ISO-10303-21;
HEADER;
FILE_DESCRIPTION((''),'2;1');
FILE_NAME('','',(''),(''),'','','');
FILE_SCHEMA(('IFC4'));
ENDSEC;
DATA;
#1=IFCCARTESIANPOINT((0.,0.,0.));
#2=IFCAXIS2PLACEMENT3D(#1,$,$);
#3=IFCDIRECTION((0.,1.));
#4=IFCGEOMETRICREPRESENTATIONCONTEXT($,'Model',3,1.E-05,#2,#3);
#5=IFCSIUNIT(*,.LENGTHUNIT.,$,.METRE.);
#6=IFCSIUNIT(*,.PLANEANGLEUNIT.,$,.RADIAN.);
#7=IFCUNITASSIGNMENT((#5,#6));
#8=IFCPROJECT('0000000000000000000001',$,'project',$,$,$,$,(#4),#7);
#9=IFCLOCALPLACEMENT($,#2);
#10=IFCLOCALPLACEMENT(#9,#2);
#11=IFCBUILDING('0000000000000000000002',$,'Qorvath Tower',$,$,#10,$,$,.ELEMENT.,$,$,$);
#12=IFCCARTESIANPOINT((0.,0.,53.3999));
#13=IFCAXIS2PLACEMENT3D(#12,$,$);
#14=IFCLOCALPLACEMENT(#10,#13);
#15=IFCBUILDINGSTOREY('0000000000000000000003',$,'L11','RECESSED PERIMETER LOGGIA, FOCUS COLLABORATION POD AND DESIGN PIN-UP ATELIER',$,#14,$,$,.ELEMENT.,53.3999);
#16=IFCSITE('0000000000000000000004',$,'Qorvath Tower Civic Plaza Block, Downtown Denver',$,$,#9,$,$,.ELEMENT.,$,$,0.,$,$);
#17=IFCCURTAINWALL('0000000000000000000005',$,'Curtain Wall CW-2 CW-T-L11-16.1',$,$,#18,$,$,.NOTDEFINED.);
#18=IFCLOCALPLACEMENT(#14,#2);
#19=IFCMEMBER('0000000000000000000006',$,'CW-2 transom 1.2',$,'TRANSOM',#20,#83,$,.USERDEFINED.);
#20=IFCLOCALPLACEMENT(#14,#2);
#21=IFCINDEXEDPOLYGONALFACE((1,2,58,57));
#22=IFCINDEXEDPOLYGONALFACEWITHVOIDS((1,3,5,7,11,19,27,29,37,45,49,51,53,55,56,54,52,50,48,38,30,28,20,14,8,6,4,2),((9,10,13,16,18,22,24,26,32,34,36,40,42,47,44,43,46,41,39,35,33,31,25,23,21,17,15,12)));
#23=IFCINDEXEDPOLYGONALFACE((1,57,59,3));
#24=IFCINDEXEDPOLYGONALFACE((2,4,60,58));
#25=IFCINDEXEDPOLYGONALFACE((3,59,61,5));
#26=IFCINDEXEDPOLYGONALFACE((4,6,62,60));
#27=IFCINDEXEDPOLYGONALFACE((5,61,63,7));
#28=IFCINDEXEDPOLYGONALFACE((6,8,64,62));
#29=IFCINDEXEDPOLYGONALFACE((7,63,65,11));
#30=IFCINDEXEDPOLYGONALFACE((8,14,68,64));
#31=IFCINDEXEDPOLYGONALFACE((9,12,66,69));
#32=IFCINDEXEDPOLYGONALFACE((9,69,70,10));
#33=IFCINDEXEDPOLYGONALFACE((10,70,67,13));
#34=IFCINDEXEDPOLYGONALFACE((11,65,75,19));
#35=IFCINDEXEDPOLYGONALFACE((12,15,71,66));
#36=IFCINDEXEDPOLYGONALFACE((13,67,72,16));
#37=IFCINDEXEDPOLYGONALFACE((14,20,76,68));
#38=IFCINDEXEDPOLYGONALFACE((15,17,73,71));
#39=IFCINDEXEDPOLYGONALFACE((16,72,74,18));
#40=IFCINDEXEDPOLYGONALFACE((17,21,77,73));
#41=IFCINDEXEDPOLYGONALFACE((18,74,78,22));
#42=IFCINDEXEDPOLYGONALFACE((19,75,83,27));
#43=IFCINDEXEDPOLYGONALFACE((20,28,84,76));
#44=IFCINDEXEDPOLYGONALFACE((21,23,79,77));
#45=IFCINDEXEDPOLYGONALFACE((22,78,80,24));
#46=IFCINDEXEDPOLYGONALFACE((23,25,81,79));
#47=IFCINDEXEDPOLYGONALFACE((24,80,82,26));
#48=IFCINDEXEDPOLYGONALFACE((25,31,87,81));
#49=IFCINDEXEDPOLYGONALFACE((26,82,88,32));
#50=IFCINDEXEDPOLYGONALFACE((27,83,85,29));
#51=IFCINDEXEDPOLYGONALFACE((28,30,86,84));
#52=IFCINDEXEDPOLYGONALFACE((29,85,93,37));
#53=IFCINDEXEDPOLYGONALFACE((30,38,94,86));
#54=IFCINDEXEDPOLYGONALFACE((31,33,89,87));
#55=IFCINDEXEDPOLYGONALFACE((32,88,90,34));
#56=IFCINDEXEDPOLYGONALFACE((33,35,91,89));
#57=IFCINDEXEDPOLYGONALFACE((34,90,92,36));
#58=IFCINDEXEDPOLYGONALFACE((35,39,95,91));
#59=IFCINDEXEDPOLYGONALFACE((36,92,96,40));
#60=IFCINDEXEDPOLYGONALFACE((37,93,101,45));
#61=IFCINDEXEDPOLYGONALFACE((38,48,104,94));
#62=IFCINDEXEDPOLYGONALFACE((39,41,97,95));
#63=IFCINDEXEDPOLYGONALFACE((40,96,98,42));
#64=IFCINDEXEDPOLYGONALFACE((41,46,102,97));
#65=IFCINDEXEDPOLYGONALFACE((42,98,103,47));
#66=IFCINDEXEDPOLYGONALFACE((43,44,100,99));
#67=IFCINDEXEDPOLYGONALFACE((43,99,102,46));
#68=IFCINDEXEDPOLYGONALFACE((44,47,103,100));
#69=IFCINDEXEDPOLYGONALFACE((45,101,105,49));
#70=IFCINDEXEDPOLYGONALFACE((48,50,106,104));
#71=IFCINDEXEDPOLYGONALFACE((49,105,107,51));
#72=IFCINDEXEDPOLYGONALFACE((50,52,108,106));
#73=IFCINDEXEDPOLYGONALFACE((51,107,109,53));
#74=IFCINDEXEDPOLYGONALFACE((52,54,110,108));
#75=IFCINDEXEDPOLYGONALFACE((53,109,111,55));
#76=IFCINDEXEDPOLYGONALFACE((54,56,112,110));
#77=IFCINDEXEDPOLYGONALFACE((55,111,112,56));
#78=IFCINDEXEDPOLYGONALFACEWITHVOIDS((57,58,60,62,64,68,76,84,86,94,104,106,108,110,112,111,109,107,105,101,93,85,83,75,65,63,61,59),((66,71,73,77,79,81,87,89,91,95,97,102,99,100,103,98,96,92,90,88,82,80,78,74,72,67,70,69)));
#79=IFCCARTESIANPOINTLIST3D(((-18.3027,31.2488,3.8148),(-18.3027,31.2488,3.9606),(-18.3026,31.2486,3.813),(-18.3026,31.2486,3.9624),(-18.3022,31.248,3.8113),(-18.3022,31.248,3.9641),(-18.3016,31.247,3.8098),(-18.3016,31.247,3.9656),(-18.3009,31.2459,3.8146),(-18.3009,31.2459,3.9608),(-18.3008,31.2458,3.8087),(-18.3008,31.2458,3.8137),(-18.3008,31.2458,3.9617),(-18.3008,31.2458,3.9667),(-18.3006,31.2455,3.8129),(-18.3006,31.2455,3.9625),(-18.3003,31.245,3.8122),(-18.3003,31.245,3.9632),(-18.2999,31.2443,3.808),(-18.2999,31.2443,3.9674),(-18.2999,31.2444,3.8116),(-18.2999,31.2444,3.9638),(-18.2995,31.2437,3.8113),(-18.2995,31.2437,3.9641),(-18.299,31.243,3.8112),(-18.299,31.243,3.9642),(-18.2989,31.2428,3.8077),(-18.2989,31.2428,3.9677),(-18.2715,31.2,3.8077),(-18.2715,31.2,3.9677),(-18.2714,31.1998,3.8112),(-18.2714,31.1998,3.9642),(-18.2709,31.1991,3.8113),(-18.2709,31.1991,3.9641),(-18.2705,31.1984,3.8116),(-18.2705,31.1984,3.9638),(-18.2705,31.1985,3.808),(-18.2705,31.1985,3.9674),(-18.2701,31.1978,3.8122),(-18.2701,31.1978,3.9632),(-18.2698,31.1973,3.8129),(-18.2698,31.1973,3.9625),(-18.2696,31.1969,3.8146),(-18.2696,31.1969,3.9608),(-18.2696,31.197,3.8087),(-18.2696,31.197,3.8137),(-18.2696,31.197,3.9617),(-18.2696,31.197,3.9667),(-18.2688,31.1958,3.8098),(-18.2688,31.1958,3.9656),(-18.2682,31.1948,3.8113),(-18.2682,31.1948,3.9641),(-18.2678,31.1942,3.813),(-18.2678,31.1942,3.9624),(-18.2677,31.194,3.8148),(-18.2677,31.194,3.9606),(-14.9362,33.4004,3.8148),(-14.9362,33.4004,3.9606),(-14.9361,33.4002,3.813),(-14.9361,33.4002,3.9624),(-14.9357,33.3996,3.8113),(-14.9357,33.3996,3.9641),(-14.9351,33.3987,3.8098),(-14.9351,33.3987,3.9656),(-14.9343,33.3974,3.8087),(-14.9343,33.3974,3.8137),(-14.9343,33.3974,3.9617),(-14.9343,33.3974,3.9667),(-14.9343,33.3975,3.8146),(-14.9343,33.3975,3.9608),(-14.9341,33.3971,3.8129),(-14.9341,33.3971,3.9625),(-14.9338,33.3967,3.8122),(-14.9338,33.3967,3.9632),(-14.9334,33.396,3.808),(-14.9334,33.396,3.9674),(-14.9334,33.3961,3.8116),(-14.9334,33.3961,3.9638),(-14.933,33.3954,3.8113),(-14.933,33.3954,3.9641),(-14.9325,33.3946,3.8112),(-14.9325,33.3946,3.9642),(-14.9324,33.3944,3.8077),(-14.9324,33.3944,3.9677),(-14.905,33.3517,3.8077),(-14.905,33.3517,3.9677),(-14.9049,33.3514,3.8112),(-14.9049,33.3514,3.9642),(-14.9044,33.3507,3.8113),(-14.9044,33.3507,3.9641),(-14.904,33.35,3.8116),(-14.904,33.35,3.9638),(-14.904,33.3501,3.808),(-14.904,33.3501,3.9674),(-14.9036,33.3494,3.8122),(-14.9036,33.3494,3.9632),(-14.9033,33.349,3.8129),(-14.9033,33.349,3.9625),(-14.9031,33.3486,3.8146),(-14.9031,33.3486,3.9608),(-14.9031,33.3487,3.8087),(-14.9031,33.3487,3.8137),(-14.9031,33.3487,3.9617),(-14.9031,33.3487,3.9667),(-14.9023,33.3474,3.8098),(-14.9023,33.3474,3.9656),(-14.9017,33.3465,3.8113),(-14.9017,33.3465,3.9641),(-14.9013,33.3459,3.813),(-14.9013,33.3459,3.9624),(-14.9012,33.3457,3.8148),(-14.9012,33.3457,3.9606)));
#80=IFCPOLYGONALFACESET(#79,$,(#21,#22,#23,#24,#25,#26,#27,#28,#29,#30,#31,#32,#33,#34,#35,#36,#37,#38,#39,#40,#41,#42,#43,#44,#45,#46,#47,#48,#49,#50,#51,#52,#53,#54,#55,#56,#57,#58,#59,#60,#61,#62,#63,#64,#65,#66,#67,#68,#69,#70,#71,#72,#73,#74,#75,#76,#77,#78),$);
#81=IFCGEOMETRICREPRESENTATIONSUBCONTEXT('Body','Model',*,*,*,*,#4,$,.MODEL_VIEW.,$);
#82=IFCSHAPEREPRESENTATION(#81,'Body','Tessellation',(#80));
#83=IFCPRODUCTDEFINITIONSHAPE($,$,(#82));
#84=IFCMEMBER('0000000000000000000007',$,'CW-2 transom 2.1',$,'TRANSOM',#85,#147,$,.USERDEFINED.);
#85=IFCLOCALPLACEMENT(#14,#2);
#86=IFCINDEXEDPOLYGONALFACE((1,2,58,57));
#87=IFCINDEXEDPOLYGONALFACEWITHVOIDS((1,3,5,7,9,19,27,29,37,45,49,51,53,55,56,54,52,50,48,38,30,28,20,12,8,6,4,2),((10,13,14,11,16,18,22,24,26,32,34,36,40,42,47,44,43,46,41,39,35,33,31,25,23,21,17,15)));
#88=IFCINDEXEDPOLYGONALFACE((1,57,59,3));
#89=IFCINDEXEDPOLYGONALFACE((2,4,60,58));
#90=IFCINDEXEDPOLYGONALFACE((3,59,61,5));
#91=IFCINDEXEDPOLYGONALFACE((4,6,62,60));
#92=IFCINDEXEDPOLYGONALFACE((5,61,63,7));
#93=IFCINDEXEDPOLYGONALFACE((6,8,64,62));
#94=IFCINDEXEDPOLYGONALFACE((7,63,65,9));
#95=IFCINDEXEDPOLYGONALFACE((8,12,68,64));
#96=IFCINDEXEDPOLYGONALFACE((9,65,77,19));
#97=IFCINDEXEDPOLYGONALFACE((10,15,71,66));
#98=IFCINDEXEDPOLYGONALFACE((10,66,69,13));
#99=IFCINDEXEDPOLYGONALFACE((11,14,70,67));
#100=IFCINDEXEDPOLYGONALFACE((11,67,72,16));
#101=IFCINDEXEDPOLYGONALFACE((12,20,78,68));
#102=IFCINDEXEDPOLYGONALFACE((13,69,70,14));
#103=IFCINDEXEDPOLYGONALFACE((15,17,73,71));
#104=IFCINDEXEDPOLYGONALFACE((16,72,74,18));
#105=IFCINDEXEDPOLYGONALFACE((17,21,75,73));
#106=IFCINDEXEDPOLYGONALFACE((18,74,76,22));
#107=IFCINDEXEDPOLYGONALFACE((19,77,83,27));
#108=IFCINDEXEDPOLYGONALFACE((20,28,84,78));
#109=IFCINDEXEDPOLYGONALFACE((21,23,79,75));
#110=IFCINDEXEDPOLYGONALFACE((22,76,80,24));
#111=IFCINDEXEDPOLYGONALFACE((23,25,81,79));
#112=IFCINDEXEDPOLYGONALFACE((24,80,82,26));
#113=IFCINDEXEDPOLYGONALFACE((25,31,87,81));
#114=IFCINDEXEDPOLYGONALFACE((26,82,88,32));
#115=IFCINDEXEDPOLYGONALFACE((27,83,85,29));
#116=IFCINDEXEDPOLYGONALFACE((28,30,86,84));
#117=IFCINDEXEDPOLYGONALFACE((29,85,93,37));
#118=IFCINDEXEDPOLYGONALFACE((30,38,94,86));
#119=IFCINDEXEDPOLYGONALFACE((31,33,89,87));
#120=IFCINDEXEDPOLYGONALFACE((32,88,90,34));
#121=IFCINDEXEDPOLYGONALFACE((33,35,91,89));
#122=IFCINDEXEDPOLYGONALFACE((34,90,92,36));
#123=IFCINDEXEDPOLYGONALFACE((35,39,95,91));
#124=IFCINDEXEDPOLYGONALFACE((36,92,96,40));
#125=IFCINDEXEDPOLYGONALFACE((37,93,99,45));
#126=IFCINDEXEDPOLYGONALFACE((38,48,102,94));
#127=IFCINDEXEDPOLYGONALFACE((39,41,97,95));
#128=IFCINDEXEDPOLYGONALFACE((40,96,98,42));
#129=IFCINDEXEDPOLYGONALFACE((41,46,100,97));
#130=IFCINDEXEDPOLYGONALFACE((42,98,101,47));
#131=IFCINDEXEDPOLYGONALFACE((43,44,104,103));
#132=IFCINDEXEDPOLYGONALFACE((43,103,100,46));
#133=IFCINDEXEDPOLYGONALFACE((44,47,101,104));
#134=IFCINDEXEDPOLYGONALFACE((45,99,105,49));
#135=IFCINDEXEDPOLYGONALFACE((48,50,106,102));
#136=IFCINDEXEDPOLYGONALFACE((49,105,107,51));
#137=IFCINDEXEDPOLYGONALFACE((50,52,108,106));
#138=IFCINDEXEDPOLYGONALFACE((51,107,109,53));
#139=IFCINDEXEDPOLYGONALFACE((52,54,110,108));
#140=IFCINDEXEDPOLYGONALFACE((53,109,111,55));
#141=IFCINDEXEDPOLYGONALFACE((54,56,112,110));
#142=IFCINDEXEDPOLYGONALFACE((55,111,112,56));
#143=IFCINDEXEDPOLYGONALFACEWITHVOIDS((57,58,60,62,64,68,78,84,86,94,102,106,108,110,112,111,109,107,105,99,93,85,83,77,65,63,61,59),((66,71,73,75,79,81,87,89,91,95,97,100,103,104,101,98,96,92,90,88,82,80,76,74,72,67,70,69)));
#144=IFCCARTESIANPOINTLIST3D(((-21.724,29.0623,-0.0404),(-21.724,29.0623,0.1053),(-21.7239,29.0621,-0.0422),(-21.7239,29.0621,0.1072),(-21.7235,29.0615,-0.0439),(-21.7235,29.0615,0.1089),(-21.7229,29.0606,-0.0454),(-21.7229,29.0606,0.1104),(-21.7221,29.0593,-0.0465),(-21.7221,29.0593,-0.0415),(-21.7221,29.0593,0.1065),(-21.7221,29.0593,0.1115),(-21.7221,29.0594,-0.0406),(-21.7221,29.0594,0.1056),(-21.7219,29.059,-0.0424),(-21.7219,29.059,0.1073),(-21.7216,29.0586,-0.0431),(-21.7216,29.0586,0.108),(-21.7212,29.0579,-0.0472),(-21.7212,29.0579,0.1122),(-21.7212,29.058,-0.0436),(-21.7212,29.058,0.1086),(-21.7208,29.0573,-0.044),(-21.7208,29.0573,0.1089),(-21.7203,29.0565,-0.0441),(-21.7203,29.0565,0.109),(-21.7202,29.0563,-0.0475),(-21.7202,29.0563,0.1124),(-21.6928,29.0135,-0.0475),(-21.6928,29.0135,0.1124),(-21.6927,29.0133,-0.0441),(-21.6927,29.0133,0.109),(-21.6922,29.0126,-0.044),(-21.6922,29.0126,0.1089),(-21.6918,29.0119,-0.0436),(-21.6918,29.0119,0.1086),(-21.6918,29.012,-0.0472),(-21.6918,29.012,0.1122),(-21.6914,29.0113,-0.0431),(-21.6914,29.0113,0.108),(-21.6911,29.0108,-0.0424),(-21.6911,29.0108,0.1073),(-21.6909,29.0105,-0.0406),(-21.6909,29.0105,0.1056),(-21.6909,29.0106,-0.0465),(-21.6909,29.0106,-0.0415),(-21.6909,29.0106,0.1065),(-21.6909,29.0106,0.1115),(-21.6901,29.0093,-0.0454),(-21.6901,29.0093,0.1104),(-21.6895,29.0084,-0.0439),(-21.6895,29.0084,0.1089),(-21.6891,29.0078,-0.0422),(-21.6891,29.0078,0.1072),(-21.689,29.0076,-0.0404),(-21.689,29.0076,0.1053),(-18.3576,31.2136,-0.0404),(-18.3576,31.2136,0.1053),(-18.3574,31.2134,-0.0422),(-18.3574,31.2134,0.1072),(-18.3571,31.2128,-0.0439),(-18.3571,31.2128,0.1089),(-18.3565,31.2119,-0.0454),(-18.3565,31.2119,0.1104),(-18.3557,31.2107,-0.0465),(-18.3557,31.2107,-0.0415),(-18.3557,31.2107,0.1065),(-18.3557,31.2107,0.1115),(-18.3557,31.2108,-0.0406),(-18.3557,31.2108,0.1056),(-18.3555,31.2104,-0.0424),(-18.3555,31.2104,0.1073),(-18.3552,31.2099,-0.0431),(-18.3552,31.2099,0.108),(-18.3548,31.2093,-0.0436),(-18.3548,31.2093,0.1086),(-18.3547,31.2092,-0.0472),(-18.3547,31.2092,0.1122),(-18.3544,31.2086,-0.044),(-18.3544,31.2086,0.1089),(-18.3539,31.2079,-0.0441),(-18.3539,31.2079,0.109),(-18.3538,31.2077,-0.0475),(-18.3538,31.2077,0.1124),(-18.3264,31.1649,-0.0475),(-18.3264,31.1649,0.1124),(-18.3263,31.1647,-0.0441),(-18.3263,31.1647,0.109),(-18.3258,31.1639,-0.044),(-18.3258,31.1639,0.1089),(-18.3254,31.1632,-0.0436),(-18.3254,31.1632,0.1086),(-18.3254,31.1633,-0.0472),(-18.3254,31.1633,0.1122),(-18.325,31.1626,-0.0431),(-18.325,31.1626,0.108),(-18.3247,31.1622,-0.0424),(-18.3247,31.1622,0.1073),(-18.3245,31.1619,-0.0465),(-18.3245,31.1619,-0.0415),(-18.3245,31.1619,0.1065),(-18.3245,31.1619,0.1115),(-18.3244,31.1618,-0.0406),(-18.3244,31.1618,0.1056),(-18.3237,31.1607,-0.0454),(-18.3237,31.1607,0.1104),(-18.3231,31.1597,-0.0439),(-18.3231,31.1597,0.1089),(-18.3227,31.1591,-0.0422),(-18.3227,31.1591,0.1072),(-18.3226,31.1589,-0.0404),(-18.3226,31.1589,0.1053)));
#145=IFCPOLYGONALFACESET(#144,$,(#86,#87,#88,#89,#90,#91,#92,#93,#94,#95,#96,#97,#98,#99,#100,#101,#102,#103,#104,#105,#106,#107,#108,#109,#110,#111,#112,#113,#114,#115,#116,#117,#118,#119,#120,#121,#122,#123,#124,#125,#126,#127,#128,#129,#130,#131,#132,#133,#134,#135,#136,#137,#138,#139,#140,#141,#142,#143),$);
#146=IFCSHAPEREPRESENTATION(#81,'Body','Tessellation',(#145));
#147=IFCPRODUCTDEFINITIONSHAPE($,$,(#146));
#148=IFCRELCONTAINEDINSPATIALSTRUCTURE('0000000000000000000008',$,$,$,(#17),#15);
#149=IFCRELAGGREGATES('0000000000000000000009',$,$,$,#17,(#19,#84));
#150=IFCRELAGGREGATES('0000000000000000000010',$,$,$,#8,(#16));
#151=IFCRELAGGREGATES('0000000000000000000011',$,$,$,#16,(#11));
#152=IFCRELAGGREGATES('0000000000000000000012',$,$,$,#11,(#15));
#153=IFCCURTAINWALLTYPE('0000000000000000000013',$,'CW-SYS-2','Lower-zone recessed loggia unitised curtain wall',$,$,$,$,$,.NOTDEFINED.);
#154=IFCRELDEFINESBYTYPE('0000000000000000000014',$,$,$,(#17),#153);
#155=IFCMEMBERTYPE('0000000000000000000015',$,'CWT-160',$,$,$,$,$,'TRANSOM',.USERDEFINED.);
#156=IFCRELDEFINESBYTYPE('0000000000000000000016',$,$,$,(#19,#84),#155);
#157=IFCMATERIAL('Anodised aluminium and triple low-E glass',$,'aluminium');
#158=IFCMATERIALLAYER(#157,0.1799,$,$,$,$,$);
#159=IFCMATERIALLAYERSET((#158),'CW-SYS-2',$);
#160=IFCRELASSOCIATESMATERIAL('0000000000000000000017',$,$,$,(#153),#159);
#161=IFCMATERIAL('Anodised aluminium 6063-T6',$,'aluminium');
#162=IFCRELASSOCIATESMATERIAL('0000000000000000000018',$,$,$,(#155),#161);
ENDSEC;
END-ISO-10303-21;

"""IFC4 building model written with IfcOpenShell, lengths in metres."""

from ifc_helpers import new_model, si_unit, direction, frame, origin, origin_2d, place, context, subcontext, project, spatial, hollow_rectangle, extrude, material, layer, layer_set, material_profile, profile_set, type_object, element, aggregate, save


model = new_model("IFC4")

# Units and contexts
model_context = context("Model", 3, precision=1e-05, world=origin(), true_north=direction((0.0, 1.0)))
body_context = subcontext(model_context, "Body", "Model", "MODEL_VIEW")
ifc_project = project(units=[si_unit("LENGTHUNIT", "METRE"), si_unit("PLANEANGLEUNIT", "RADIAN")], contexts=[model_context])

# Site, building, storey
site_placement = place(None, origin())
site = spatial("IfcSite", under=ifc_project, at=site_placement, Name="Qorvath Tower Civic Plaza Block, Downtown Denver", CompositionType="ELEMENT", RefElevation=0.0)
building_placement = place(site_placement, origin())
building = spatial("IfcBuilding", under=site, at=building_placement, Name="Qorvath Tower", CompositionType="ELEMENT")
storey_placement = place(building_placement, frame((0.0, 0.0, 53.3999)))
storey = spatial("IfcBuildingStorey", under=building, at=storey_placement, Name="L11", Description="RECESSED PERIMETER LOGGIA, FOCUS COLLABORATION POD AND DESIGN PIN-UP ATELIER", CompositionType="ELEMENT", Elevation=53.3999)

# Shared definitions
ifc_material_1 = material(Name="Anodised aluminium and triple low-E glass", Category="aluminium")
ifc_layer_1 = layer(ifc_material_1, 0.1799)
ifc_layer_set_1 = layer_set([ifc_layer_1], Name="CW-SYS-2")
curtain_wall_type = type_object("IfcCurtainWallType", Name="CW-SYS-2", Description="Lower-zone recessed loggia unitised curtain wall", PredefinedType="NOTDEFINED", material=ifc_layer_set_1)

# Curtain wall
curtain_wall_1_placement = place(storey_placement, origin())
curtain_wall_1 = element("IfcCurtainWall", 1, at=curtain_wall_1_placement, inside=storey, type_object=curtain_wall_type, Name="Curtain Wall CW-2 CW-T-L11-16.1", PredefinedType="NOTDEFINED")

# Members
ifc_material_2 = material(Name="Anodised aluminium 6063-T6", Category="aluminium")
ifc_material_profile_1 = material_profile(ifc_material_2, hollow_rectangle(XDim=0.0649, YDim=0.1599, WallThickness=0.0034, InnerFilletRadius=0.0034, OuterFilletRadius=0.0071, at=origin_2d()), Name="CWT 160x65")
ifc_profile_set_1 = profile_set([ifc_material_profile_1], Name="Anodised aluminium 6063-T6")
member_type_1 = type_object("IfcMemberType", Name="CWT-160", ElementType="TRANSOM", PredefinedType="USERDEFINED", material=ifc_profile_set_1)
member_1_placement = place(storey_placement, frame((-14.9187, 33.373, 3.8877), z_axis=(-0.842603, -0.538535, 0.0), x_axis=(0.538535, -0.842603, 0.0)))
member_1 = element("IfcMember", 2, at=member_1_placement, type_object=member_type_1, Name="CW-2 transom 1.2", ObjectType="TRANSOM", PredefinedType="USERDEFINED", context=body_context, shape_type="SweptSolid", body=[
    extrude(hollow_rectangle(XDim=0.0649, YDim=0.1599, WallThickness=0.0034, InnerFilletRadius=0.0034, OuterFilletRadius=0.0071, at=origin_2d()), origin(), (0.0, 0.0, 1.0), 3.9954),
])
member_2_placement = place(storey_placement, frame((-18.3401, 31.1863, 0.0325), z_axis=(-0.842631, -0.538492, 0.0), x_axis=(0.538492, -0.842631, 0.0)))
member_2 = element("IfcMember", 3, at=member_2_placement, type_object=member_type_1, Name="CW-2 transom 2.1", ObjectType="TRANSOM", PredefinedType="USERDEFINED", context=body_context, shape_type="SweptSolid", body=[
    extrude(hollow_rectangle(XDim=0.0649, YDim=0.1599, WallThickness=0.0034, InnerFilletRadius=0.0034, OuterFilletRadius=0.0071, at=origin_2d()), origin(), (0.0, 0.0, 1.0), 3.9951),
])

aggregate(curtain_wall_1, [member_1, member_2])

save(model, "model.ifc")
